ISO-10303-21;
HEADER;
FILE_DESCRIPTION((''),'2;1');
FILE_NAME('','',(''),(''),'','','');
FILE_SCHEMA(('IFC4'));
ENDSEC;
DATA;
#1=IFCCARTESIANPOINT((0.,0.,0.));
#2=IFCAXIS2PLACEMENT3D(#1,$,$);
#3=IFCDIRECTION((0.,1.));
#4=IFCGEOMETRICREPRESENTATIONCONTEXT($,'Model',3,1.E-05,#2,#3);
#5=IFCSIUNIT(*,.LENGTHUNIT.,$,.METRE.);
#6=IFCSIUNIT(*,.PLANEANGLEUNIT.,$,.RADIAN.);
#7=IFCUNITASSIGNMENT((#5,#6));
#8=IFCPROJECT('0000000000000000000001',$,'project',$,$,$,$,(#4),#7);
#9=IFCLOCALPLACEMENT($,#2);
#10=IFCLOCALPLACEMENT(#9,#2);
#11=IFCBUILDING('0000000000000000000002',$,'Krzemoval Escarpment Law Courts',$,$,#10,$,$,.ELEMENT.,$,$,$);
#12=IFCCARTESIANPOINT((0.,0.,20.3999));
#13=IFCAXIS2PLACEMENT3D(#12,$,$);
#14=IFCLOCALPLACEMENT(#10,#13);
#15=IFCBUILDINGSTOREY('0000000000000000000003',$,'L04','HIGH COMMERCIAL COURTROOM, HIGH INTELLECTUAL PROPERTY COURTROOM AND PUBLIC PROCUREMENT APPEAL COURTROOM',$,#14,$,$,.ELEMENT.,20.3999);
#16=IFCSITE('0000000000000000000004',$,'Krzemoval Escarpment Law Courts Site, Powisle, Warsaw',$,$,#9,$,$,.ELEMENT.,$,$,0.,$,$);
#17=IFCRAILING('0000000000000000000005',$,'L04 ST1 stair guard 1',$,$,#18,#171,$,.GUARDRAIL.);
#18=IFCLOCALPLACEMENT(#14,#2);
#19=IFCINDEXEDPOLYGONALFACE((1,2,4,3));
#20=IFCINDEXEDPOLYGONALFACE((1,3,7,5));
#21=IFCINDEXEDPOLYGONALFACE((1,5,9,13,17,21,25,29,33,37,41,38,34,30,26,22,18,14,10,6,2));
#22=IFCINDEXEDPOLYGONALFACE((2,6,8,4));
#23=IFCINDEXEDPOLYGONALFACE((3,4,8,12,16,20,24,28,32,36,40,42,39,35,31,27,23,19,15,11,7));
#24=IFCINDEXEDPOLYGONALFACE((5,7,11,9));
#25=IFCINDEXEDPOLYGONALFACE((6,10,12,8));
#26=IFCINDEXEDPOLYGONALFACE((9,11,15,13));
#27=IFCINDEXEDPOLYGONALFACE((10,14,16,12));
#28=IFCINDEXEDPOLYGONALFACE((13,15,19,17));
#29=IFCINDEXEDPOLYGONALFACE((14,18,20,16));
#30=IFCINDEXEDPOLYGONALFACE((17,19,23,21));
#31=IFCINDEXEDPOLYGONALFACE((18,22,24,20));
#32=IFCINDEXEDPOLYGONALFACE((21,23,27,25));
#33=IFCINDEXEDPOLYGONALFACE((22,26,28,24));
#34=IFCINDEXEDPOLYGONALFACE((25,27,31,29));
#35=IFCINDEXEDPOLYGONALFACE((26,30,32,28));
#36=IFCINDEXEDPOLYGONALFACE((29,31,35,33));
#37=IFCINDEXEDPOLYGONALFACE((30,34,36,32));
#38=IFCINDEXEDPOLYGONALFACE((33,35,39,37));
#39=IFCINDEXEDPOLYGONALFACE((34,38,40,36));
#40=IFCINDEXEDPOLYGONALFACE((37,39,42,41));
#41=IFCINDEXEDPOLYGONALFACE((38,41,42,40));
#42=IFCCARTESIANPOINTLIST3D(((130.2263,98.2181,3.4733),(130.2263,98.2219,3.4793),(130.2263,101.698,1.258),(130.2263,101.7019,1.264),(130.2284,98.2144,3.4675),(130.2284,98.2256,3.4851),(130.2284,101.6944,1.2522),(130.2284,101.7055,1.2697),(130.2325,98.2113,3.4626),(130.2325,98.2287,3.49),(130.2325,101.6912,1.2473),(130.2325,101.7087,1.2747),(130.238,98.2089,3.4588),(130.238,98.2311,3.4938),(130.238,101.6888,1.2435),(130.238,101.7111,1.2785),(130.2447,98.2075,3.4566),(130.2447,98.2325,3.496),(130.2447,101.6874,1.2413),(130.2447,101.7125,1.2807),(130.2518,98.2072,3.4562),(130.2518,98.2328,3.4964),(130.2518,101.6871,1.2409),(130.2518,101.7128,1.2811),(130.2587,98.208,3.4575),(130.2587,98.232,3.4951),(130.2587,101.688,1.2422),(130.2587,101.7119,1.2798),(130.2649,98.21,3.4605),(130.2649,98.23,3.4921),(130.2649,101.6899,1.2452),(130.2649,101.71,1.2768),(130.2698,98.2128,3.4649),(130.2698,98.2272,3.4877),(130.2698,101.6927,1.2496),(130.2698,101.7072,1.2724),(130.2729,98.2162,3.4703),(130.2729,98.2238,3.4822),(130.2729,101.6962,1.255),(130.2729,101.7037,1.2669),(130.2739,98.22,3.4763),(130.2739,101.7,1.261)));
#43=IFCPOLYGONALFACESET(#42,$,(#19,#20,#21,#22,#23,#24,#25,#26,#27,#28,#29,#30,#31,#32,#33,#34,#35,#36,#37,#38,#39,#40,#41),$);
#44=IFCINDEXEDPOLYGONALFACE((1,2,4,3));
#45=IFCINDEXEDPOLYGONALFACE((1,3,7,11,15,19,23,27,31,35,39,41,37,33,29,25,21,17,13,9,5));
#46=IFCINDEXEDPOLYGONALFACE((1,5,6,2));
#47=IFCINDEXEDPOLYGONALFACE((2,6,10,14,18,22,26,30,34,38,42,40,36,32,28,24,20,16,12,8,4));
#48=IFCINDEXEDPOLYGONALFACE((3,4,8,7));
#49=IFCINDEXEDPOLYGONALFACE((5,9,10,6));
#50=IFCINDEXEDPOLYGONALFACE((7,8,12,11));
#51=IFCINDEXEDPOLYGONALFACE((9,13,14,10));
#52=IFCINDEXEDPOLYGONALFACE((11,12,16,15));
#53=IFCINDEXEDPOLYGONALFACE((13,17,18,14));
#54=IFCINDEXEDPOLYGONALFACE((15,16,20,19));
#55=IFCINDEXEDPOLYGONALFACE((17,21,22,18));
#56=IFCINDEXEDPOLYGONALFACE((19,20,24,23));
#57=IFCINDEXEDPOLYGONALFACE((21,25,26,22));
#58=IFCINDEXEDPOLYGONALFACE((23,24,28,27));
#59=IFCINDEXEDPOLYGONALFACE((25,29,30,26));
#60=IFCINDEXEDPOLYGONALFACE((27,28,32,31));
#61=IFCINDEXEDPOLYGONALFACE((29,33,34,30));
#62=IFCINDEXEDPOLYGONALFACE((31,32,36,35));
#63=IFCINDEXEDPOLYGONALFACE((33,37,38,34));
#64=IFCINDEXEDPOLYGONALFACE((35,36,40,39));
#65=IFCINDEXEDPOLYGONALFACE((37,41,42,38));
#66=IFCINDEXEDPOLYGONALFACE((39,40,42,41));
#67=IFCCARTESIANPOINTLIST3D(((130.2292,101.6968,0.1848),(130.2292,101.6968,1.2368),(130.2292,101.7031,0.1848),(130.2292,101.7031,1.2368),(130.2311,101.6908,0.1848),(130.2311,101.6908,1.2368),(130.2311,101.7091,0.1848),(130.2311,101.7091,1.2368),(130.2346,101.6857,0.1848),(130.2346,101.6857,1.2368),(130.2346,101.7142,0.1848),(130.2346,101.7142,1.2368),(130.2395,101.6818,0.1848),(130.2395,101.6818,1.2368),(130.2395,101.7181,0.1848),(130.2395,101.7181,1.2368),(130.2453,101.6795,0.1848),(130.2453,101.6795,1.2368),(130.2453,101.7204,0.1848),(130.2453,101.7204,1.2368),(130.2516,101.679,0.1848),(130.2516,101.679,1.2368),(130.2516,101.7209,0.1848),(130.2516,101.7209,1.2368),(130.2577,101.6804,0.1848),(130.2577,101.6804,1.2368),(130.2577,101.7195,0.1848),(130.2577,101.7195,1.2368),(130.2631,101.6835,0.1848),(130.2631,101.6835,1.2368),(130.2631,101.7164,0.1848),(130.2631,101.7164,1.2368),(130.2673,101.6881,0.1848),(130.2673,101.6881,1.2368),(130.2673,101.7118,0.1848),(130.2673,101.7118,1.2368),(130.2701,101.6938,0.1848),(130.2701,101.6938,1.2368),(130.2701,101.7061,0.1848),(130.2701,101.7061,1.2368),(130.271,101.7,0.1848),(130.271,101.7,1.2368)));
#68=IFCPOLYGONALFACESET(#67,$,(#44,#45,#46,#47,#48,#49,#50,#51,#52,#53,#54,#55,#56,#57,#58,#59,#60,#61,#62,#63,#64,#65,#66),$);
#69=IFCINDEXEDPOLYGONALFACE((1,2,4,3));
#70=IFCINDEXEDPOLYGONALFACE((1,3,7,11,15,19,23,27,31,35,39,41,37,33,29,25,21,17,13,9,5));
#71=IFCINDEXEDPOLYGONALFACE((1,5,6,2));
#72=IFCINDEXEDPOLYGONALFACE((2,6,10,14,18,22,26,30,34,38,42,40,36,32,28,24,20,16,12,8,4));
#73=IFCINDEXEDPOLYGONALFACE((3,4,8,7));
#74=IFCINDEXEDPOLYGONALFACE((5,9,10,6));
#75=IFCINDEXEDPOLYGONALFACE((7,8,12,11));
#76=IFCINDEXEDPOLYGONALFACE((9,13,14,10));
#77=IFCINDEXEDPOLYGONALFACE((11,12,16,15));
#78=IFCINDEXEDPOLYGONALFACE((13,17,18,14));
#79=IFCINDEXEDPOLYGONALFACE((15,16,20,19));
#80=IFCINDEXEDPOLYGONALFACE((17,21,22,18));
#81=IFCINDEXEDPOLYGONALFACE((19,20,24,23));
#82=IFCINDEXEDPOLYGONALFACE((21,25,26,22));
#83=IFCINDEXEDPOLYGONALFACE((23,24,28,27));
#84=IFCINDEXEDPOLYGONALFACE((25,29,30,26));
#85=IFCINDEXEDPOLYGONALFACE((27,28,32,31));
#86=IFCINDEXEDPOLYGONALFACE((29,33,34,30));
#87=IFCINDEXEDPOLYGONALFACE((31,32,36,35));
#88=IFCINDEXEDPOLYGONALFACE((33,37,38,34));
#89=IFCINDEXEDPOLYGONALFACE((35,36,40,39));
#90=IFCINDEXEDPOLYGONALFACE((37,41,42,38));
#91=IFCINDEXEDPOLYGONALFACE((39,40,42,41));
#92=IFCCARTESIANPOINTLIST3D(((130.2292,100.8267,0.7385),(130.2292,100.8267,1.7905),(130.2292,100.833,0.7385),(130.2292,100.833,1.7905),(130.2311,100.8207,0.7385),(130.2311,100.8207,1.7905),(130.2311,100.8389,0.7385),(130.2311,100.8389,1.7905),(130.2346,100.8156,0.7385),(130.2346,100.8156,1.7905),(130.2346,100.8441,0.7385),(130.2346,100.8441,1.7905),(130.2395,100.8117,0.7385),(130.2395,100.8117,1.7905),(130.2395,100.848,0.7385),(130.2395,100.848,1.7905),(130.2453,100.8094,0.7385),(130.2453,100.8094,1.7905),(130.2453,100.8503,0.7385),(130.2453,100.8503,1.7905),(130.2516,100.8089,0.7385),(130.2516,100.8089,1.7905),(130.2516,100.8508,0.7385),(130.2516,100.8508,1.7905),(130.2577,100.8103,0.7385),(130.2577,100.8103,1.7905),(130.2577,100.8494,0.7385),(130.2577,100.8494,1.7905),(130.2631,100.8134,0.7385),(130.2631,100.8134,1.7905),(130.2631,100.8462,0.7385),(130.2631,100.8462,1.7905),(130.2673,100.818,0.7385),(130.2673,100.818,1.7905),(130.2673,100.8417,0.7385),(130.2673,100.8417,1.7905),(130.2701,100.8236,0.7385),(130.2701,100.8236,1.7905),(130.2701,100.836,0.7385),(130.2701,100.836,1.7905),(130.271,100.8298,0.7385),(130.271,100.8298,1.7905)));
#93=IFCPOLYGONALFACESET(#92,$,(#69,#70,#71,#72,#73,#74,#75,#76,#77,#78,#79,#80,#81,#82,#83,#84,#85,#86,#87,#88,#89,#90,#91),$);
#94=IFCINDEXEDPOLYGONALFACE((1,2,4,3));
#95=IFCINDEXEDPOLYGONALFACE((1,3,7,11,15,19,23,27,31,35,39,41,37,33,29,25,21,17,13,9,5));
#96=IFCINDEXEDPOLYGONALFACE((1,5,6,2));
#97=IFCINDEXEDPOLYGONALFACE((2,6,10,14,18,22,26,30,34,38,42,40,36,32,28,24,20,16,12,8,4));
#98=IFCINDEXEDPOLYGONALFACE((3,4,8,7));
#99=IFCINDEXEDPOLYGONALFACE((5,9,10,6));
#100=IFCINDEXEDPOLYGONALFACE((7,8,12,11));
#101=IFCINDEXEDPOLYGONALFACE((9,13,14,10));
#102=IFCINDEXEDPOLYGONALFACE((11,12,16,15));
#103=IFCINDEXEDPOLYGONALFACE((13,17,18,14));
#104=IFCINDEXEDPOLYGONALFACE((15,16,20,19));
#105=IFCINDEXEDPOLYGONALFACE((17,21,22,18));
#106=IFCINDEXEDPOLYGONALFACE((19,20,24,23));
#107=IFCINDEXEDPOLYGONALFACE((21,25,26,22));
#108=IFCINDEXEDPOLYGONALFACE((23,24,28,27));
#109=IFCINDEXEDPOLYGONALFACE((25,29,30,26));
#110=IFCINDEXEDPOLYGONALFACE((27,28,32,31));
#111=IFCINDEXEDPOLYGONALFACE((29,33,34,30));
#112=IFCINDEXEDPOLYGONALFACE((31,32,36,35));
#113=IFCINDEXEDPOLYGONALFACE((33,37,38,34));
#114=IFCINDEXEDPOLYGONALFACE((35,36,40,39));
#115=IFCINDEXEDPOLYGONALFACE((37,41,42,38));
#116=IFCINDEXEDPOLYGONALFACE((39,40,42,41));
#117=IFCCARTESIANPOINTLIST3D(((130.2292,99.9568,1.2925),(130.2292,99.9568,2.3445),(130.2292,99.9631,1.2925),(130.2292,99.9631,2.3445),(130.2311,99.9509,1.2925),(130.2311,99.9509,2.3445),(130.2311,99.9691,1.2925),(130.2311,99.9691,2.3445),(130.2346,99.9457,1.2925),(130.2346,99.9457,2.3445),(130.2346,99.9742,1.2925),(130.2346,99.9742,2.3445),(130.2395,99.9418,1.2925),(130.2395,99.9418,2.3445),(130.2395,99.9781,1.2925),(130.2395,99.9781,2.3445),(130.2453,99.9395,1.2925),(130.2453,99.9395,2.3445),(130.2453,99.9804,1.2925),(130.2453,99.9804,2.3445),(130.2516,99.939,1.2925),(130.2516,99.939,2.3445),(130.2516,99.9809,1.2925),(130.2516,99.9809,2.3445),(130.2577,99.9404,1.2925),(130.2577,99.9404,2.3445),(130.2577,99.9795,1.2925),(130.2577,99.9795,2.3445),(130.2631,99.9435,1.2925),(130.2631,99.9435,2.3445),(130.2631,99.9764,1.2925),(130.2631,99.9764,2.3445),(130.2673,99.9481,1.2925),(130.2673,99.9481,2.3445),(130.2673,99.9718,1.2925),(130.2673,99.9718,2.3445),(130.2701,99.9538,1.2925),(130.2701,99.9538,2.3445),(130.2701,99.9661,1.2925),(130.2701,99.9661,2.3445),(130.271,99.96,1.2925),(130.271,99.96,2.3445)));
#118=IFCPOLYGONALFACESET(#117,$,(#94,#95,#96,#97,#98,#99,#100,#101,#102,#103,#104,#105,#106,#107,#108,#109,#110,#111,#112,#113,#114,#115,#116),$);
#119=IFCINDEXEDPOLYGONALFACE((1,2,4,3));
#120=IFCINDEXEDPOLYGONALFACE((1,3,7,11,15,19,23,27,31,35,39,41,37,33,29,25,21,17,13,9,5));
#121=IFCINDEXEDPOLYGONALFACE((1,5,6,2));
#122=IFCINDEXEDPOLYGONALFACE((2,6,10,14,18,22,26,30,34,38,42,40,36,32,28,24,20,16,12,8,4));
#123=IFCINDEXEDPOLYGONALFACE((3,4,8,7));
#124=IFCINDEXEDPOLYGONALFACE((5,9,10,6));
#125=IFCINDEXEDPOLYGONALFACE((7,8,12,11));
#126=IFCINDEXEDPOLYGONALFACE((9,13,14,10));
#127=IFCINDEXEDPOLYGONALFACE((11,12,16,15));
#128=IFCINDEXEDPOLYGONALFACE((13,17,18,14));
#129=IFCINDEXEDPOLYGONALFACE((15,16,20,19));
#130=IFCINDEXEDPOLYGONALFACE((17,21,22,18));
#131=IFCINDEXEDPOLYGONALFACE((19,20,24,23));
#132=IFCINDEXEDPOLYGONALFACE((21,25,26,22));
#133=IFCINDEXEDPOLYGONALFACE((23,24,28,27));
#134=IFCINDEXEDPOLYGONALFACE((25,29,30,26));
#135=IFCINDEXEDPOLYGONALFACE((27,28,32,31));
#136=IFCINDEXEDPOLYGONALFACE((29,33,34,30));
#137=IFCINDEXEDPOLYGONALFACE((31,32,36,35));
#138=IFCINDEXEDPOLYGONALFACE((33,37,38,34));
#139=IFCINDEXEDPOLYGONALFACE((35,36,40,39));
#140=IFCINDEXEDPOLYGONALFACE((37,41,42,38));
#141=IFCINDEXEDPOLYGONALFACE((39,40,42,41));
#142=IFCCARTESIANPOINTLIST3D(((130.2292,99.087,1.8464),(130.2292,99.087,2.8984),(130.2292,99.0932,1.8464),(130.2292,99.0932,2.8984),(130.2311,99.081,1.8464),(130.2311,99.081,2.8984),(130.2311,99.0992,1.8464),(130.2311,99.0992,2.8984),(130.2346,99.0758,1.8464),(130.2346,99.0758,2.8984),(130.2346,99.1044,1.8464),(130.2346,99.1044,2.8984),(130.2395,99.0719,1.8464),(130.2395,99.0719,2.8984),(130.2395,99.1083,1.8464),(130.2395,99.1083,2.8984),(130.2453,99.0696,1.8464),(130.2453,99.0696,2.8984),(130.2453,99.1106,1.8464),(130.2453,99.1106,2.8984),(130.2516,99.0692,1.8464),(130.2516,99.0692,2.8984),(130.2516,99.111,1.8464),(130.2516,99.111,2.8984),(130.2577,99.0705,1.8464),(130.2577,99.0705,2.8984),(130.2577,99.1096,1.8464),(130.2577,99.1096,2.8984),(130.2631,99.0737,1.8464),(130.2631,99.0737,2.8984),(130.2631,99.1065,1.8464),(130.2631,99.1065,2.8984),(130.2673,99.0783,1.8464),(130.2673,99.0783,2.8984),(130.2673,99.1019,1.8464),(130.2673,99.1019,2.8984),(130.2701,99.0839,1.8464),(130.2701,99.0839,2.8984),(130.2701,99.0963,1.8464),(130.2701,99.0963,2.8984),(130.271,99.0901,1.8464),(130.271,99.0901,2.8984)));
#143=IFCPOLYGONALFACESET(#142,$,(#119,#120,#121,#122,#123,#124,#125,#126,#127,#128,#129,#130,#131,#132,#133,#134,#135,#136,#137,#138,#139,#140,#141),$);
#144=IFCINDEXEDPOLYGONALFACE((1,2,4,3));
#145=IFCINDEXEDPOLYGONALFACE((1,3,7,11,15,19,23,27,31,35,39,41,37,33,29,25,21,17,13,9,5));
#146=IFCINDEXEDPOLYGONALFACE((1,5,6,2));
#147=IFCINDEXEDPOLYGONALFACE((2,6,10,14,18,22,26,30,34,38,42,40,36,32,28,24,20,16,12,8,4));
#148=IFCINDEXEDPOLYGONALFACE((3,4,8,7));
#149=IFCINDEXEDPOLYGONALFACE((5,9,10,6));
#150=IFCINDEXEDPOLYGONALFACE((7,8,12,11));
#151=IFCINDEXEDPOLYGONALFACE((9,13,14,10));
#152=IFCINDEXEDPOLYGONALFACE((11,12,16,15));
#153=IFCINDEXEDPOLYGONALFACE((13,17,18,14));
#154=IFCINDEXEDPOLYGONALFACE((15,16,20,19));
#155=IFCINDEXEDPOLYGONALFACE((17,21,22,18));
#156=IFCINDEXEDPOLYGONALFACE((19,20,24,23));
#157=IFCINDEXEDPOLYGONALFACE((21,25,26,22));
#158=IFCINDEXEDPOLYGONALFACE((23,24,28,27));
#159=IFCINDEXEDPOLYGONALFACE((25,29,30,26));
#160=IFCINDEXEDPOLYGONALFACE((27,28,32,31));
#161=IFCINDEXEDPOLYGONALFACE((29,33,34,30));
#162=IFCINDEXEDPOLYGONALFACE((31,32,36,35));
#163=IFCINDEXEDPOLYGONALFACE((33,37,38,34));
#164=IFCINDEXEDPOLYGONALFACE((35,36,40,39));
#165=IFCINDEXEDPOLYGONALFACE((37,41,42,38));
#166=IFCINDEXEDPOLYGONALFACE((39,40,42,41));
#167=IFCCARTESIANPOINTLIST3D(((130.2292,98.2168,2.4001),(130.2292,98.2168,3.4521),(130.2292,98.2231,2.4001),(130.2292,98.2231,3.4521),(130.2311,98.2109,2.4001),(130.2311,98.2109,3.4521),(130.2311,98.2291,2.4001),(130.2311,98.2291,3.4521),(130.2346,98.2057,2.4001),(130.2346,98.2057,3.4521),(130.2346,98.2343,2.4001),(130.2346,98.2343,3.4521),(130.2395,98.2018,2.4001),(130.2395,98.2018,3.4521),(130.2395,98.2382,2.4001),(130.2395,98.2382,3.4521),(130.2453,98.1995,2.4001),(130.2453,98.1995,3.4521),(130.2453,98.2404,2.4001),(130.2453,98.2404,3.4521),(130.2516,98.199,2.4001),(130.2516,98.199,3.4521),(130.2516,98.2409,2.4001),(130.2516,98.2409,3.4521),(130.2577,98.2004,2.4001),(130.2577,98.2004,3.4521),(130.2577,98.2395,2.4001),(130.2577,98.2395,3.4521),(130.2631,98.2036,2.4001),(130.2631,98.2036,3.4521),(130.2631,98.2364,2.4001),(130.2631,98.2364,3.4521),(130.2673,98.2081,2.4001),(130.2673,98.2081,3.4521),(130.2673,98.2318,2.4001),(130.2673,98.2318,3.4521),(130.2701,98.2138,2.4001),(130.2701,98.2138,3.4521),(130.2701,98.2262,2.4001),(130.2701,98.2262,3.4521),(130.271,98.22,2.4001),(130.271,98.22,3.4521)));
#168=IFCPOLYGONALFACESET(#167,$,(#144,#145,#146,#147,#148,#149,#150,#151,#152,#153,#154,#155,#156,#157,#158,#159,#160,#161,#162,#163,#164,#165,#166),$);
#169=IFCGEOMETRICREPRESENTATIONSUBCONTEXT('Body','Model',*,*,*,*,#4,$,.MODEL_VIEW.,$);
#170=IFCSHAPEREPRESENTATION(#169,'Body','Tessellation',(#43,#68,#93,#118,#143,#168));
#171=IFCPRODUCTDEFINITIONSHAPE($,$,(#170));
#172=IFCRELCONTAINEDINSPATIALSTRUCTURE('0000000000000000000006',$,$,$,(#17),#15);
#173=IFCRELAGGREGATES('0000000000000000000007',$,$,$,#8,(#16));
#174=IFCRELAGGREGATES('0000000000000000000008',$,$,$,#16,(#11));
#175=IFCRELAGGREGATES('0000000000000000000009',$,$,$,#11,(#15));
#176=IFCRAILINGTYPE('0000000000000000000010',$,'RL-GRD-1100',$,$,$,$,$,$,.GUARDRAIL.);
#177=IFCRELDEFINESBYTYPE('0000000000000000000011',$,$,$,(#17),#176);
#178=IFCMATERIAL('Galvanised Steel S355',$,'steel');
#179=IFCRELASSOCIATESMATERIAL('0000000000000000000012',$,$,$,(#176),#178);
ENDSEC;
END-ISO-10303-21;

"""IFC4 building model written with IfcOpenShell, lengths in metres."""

from ifc_helpers import new_model, si_unit, direction, frame, origin, origin_2d, place, context, subcontext, project, spatial, circle, extrude, material, type_object, element, save


model = new_model("IFC4")

# Units and contexts
model_context = context("Model", 3, precision=1e-05, world=origin(), true_north=direction((0.0, 1.0)))
body_context = subcontext(model_context, "Body", "Model", "MODEL_VIEW")
ifc_project = project(units=[si_unit("LENGTHUNIT", "METRE"), si_unit("PLANEANGLEUNIT", "RADIAN")], contexts=[model_context])

# Site, building, storey
site_placement = place(None, origin())
site = spatial("IfcSite", under=ifc_project, at=site_placement, Name="Krzemoval Escarpment Law Courts Site, Powisle, Warsaw", CompositionType="ELEMENT", RefElevation=0.0)
building_placement = place(site_placement, origin())
building = spatial("IfcBuilding", under=site, at=building_placement, Name="Krzemoval Escarpment Law Courts", CompositionType="ELEMENT")
storey_placement = place(building_placement, frame((0.0, 0.0, 20.3999)))
storey = spatial("IfcBuildingStorey", under=building, at=storey_placement, Name="L04", Description="HIGH COMMERCIAL COURTROOM, HIGH INTELLECTUAL PROPERTY COURTROOM AND PUBLIC PROCUREMENT APPEAL COURTROOM", CompositionType="ELEMENT", Elevation=20.3999)

# Railing
ifc_material_1 = material(Name="Galvanised Steel S355", Category="steel")
railing_type_1 = type_object("IfcRailingType", Name="RL-GRD-1100", PredefinedType="GUARDRAIL", material=ifc_material_1)
railing_1_placement = place(storey_placement, frame((130.25, 101.7, 0.1848)))
element("IfcRailing", 1, at=railing_1_placement, inside=storey, type_object=railing_type_1, Name="L04 ST1 stair guard 1", PredefinedType="GUARDRAIL", context=body_context, shape_type="SweptSolid", body=[
    extrude(circle(Radius=0.0239, at=origin_2d()), frame((0.0, 0.0, 1.0762), z_axis=(0.0, -0.843574, 0.537013), x_axis=(1.0, 0.0, 0.0)), (0.0, 0.0, 1.0), 4.1252),
    extrude(circle(Radius=0.021, at=origin_2d()), origin(), (0.0, 0.0, 1.0), 1.052),
    extrude(circle(Radius=0.021, at=origin_2d()), frame((0.0, -0.8701, 0.5537)), (0.0, 0.0, 1.0), 1.052),
    extrude(circle(Radius=0.021, at=origin_2d()), frame((0.0, -1.74, 1.1077)), (0.0, 0.0, 1.0), 1.052),
    extrude(circle(Radius=0.021, at=origin_2d()), frame((0.0, -2.6099, 1.6616)), (0.0, 0.0, 1.0), 1.052),
    extrude(circle(Radius=0.021, at=origin_2d()), frame((0.0, -3.48, 2.2153)), (0.0, 0.0, 1.0), 1.052),
])

save(model, "model.ifc")
